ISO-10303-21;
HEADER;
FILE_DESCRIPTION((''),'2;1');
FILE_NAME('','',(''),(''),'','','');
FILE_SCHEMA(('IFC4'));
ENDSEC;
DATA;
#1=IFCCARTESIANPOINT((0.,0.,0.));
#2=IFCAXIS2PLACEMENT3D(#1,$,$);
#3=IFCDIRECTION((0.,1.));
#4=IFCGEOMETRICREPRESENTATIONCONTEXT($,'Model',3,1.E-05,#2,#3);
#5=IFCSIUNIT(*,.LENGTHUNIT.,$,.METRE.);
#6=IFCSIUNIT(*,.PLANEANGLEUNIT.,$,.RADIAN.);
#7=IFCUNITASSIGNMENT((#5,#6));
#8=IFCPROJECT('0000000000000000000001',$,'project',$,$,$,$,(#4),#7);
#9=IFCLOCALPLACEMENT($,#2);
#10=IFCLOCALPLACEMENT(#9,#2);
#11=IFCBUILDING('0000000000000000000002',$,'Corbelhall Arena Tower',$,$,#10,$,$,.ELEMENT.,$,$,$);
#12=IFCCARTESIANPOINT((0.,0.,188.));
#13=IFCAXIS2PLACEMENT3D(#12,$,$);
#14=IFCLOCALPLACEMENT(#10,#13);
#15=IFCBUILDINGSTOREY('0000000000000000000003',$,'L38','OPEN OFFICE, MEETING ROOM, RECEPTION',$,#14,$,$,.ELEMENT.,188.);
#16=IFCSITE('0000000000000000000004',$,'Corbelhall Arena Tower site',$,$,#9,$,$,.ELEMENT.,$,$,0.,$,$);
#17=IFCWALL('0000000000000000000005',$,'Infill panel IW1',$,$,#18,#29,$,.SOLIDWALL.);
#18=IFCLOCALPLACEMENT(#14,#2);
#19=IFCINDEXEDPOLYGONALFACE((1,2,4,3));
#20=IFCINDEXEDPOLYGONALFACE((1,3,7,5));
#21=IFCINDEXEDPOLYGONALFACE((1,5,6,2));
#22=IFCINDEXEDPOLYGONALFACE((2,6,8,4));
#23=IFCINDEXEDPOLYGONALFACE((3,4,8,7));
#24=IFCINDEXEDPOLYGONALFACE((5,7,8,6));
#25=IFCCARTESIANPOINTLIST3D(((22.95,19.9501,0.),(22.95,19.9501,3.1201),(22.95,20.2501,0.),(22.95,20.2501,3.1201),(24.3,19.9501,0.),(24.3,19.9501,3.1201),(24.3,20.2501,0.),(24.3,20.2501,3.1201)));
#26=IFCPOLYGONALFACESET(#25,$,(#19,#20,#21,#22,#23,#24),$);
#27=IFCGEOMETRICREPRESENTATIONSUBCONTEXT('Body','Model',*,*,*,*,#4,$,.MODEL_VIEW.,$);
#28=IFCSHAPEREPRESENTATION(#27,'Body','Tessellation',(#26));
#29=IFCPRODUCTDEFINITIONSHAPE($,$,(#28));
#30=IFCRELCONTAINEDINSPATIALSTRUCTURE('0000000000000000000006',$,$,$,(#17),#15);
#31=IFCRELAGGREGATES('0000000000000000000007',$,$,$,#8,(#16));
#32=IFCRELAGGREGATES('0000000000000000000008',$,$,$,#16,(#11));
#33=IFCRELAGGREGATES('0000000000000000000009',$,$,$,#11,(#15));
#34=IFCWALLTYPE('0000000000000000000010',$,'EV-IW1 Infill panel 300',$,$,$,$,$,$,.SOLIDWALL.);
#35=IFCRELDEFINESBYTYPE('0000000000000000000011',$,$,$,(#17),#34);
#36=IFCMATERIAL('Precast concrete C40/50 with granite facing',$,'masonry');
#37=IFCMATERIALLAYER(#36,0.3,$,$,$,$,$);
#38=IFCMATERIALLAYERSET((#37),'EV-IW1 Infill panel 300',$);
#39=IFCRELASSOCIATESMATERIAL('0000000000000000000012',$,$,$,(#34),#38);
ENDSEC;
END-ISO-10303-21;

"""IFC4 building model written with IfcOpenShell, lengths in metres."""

from ifc_helpers import new_model, si_unit, direction, frame, frame_2d, origin, place, context, subcontext, project, spatial, rectangle, extrude, material, layer, layer_set, type_object, element, save


model = new_model("IFC4")

# Units and contexts
model_context = context("Model", 3, precision=1e-05, world=origin(), true_north=direction((0.0, 1.0)))
body_context = subcontext(model_context, "Body", "Model", "MODEL_VIEW")
ifc_project = project(units=[si_unit("LENGTHUNIT", "METRE"), si_unit("PLANEANGLEUNIT", "RADIAN")], contexts=[model_context])

# Site, building, storey
site_placement = place(None, origin())
site = spatial("IfcSite", under=ifc_project, at=site_placement, Name="Corbelhall Arena Tower site", CompositionType="ELEMENT", RefElevation=0.0)
building_placement = place(site_placement, origin())
building = spatial("IfcBuilding", under=site, at=building_placement, Name="Corbelhall Arena Tower", CompositionType="ELEMENT")
storey_placement = place(building_placement, frame((0.0, 0.0, 188.0)))
storey = spatial("IfcBuildingStorey", under=building, at=storey_placement, Name="L38", Description="OPEN OFFICE, MEETING ROOM, RECEPTION", CompositionType="ELEMENT", Elevation=188.0)

# Wall
ifc_material_1 = material(Name="Precast concrete C40/50 with granite facing", Category="masonry")
ifc_layer = layer(ifc_material_1, 0.3)
ifc_layer_set = layer_set([ifc_layer], Name="EV-IW1 Infill panel 300")
wall_type = type_object("IfcWallType", Name="EV-IW1 Infill panel 300", PredefinedType="SOLIDWALL", material=ifc_layer_set)
wall_1_placement = place(storey_placement, frame((24.3, 20.1001, 0.0), z_axis=(0.0, 0.0, 1.0), x_axis=(-1.0, 0.0, 0.0)))
element("IfcWall", 1, at=wall_1_placement, inside=storey, type_object=wall_type, Name="Infill panel IW1", PredefinedType="SOLIDWALL", context=body_context, shape_type="SweptSolid", body=[
    extrude(rectangle(XDim=1.3501, YDim=0.3, at=frame_2d((0.675, 0.0))), origin(), (0.0, 0.0, 1.0), 3.1201),
])

save(model, "model.ifc")
